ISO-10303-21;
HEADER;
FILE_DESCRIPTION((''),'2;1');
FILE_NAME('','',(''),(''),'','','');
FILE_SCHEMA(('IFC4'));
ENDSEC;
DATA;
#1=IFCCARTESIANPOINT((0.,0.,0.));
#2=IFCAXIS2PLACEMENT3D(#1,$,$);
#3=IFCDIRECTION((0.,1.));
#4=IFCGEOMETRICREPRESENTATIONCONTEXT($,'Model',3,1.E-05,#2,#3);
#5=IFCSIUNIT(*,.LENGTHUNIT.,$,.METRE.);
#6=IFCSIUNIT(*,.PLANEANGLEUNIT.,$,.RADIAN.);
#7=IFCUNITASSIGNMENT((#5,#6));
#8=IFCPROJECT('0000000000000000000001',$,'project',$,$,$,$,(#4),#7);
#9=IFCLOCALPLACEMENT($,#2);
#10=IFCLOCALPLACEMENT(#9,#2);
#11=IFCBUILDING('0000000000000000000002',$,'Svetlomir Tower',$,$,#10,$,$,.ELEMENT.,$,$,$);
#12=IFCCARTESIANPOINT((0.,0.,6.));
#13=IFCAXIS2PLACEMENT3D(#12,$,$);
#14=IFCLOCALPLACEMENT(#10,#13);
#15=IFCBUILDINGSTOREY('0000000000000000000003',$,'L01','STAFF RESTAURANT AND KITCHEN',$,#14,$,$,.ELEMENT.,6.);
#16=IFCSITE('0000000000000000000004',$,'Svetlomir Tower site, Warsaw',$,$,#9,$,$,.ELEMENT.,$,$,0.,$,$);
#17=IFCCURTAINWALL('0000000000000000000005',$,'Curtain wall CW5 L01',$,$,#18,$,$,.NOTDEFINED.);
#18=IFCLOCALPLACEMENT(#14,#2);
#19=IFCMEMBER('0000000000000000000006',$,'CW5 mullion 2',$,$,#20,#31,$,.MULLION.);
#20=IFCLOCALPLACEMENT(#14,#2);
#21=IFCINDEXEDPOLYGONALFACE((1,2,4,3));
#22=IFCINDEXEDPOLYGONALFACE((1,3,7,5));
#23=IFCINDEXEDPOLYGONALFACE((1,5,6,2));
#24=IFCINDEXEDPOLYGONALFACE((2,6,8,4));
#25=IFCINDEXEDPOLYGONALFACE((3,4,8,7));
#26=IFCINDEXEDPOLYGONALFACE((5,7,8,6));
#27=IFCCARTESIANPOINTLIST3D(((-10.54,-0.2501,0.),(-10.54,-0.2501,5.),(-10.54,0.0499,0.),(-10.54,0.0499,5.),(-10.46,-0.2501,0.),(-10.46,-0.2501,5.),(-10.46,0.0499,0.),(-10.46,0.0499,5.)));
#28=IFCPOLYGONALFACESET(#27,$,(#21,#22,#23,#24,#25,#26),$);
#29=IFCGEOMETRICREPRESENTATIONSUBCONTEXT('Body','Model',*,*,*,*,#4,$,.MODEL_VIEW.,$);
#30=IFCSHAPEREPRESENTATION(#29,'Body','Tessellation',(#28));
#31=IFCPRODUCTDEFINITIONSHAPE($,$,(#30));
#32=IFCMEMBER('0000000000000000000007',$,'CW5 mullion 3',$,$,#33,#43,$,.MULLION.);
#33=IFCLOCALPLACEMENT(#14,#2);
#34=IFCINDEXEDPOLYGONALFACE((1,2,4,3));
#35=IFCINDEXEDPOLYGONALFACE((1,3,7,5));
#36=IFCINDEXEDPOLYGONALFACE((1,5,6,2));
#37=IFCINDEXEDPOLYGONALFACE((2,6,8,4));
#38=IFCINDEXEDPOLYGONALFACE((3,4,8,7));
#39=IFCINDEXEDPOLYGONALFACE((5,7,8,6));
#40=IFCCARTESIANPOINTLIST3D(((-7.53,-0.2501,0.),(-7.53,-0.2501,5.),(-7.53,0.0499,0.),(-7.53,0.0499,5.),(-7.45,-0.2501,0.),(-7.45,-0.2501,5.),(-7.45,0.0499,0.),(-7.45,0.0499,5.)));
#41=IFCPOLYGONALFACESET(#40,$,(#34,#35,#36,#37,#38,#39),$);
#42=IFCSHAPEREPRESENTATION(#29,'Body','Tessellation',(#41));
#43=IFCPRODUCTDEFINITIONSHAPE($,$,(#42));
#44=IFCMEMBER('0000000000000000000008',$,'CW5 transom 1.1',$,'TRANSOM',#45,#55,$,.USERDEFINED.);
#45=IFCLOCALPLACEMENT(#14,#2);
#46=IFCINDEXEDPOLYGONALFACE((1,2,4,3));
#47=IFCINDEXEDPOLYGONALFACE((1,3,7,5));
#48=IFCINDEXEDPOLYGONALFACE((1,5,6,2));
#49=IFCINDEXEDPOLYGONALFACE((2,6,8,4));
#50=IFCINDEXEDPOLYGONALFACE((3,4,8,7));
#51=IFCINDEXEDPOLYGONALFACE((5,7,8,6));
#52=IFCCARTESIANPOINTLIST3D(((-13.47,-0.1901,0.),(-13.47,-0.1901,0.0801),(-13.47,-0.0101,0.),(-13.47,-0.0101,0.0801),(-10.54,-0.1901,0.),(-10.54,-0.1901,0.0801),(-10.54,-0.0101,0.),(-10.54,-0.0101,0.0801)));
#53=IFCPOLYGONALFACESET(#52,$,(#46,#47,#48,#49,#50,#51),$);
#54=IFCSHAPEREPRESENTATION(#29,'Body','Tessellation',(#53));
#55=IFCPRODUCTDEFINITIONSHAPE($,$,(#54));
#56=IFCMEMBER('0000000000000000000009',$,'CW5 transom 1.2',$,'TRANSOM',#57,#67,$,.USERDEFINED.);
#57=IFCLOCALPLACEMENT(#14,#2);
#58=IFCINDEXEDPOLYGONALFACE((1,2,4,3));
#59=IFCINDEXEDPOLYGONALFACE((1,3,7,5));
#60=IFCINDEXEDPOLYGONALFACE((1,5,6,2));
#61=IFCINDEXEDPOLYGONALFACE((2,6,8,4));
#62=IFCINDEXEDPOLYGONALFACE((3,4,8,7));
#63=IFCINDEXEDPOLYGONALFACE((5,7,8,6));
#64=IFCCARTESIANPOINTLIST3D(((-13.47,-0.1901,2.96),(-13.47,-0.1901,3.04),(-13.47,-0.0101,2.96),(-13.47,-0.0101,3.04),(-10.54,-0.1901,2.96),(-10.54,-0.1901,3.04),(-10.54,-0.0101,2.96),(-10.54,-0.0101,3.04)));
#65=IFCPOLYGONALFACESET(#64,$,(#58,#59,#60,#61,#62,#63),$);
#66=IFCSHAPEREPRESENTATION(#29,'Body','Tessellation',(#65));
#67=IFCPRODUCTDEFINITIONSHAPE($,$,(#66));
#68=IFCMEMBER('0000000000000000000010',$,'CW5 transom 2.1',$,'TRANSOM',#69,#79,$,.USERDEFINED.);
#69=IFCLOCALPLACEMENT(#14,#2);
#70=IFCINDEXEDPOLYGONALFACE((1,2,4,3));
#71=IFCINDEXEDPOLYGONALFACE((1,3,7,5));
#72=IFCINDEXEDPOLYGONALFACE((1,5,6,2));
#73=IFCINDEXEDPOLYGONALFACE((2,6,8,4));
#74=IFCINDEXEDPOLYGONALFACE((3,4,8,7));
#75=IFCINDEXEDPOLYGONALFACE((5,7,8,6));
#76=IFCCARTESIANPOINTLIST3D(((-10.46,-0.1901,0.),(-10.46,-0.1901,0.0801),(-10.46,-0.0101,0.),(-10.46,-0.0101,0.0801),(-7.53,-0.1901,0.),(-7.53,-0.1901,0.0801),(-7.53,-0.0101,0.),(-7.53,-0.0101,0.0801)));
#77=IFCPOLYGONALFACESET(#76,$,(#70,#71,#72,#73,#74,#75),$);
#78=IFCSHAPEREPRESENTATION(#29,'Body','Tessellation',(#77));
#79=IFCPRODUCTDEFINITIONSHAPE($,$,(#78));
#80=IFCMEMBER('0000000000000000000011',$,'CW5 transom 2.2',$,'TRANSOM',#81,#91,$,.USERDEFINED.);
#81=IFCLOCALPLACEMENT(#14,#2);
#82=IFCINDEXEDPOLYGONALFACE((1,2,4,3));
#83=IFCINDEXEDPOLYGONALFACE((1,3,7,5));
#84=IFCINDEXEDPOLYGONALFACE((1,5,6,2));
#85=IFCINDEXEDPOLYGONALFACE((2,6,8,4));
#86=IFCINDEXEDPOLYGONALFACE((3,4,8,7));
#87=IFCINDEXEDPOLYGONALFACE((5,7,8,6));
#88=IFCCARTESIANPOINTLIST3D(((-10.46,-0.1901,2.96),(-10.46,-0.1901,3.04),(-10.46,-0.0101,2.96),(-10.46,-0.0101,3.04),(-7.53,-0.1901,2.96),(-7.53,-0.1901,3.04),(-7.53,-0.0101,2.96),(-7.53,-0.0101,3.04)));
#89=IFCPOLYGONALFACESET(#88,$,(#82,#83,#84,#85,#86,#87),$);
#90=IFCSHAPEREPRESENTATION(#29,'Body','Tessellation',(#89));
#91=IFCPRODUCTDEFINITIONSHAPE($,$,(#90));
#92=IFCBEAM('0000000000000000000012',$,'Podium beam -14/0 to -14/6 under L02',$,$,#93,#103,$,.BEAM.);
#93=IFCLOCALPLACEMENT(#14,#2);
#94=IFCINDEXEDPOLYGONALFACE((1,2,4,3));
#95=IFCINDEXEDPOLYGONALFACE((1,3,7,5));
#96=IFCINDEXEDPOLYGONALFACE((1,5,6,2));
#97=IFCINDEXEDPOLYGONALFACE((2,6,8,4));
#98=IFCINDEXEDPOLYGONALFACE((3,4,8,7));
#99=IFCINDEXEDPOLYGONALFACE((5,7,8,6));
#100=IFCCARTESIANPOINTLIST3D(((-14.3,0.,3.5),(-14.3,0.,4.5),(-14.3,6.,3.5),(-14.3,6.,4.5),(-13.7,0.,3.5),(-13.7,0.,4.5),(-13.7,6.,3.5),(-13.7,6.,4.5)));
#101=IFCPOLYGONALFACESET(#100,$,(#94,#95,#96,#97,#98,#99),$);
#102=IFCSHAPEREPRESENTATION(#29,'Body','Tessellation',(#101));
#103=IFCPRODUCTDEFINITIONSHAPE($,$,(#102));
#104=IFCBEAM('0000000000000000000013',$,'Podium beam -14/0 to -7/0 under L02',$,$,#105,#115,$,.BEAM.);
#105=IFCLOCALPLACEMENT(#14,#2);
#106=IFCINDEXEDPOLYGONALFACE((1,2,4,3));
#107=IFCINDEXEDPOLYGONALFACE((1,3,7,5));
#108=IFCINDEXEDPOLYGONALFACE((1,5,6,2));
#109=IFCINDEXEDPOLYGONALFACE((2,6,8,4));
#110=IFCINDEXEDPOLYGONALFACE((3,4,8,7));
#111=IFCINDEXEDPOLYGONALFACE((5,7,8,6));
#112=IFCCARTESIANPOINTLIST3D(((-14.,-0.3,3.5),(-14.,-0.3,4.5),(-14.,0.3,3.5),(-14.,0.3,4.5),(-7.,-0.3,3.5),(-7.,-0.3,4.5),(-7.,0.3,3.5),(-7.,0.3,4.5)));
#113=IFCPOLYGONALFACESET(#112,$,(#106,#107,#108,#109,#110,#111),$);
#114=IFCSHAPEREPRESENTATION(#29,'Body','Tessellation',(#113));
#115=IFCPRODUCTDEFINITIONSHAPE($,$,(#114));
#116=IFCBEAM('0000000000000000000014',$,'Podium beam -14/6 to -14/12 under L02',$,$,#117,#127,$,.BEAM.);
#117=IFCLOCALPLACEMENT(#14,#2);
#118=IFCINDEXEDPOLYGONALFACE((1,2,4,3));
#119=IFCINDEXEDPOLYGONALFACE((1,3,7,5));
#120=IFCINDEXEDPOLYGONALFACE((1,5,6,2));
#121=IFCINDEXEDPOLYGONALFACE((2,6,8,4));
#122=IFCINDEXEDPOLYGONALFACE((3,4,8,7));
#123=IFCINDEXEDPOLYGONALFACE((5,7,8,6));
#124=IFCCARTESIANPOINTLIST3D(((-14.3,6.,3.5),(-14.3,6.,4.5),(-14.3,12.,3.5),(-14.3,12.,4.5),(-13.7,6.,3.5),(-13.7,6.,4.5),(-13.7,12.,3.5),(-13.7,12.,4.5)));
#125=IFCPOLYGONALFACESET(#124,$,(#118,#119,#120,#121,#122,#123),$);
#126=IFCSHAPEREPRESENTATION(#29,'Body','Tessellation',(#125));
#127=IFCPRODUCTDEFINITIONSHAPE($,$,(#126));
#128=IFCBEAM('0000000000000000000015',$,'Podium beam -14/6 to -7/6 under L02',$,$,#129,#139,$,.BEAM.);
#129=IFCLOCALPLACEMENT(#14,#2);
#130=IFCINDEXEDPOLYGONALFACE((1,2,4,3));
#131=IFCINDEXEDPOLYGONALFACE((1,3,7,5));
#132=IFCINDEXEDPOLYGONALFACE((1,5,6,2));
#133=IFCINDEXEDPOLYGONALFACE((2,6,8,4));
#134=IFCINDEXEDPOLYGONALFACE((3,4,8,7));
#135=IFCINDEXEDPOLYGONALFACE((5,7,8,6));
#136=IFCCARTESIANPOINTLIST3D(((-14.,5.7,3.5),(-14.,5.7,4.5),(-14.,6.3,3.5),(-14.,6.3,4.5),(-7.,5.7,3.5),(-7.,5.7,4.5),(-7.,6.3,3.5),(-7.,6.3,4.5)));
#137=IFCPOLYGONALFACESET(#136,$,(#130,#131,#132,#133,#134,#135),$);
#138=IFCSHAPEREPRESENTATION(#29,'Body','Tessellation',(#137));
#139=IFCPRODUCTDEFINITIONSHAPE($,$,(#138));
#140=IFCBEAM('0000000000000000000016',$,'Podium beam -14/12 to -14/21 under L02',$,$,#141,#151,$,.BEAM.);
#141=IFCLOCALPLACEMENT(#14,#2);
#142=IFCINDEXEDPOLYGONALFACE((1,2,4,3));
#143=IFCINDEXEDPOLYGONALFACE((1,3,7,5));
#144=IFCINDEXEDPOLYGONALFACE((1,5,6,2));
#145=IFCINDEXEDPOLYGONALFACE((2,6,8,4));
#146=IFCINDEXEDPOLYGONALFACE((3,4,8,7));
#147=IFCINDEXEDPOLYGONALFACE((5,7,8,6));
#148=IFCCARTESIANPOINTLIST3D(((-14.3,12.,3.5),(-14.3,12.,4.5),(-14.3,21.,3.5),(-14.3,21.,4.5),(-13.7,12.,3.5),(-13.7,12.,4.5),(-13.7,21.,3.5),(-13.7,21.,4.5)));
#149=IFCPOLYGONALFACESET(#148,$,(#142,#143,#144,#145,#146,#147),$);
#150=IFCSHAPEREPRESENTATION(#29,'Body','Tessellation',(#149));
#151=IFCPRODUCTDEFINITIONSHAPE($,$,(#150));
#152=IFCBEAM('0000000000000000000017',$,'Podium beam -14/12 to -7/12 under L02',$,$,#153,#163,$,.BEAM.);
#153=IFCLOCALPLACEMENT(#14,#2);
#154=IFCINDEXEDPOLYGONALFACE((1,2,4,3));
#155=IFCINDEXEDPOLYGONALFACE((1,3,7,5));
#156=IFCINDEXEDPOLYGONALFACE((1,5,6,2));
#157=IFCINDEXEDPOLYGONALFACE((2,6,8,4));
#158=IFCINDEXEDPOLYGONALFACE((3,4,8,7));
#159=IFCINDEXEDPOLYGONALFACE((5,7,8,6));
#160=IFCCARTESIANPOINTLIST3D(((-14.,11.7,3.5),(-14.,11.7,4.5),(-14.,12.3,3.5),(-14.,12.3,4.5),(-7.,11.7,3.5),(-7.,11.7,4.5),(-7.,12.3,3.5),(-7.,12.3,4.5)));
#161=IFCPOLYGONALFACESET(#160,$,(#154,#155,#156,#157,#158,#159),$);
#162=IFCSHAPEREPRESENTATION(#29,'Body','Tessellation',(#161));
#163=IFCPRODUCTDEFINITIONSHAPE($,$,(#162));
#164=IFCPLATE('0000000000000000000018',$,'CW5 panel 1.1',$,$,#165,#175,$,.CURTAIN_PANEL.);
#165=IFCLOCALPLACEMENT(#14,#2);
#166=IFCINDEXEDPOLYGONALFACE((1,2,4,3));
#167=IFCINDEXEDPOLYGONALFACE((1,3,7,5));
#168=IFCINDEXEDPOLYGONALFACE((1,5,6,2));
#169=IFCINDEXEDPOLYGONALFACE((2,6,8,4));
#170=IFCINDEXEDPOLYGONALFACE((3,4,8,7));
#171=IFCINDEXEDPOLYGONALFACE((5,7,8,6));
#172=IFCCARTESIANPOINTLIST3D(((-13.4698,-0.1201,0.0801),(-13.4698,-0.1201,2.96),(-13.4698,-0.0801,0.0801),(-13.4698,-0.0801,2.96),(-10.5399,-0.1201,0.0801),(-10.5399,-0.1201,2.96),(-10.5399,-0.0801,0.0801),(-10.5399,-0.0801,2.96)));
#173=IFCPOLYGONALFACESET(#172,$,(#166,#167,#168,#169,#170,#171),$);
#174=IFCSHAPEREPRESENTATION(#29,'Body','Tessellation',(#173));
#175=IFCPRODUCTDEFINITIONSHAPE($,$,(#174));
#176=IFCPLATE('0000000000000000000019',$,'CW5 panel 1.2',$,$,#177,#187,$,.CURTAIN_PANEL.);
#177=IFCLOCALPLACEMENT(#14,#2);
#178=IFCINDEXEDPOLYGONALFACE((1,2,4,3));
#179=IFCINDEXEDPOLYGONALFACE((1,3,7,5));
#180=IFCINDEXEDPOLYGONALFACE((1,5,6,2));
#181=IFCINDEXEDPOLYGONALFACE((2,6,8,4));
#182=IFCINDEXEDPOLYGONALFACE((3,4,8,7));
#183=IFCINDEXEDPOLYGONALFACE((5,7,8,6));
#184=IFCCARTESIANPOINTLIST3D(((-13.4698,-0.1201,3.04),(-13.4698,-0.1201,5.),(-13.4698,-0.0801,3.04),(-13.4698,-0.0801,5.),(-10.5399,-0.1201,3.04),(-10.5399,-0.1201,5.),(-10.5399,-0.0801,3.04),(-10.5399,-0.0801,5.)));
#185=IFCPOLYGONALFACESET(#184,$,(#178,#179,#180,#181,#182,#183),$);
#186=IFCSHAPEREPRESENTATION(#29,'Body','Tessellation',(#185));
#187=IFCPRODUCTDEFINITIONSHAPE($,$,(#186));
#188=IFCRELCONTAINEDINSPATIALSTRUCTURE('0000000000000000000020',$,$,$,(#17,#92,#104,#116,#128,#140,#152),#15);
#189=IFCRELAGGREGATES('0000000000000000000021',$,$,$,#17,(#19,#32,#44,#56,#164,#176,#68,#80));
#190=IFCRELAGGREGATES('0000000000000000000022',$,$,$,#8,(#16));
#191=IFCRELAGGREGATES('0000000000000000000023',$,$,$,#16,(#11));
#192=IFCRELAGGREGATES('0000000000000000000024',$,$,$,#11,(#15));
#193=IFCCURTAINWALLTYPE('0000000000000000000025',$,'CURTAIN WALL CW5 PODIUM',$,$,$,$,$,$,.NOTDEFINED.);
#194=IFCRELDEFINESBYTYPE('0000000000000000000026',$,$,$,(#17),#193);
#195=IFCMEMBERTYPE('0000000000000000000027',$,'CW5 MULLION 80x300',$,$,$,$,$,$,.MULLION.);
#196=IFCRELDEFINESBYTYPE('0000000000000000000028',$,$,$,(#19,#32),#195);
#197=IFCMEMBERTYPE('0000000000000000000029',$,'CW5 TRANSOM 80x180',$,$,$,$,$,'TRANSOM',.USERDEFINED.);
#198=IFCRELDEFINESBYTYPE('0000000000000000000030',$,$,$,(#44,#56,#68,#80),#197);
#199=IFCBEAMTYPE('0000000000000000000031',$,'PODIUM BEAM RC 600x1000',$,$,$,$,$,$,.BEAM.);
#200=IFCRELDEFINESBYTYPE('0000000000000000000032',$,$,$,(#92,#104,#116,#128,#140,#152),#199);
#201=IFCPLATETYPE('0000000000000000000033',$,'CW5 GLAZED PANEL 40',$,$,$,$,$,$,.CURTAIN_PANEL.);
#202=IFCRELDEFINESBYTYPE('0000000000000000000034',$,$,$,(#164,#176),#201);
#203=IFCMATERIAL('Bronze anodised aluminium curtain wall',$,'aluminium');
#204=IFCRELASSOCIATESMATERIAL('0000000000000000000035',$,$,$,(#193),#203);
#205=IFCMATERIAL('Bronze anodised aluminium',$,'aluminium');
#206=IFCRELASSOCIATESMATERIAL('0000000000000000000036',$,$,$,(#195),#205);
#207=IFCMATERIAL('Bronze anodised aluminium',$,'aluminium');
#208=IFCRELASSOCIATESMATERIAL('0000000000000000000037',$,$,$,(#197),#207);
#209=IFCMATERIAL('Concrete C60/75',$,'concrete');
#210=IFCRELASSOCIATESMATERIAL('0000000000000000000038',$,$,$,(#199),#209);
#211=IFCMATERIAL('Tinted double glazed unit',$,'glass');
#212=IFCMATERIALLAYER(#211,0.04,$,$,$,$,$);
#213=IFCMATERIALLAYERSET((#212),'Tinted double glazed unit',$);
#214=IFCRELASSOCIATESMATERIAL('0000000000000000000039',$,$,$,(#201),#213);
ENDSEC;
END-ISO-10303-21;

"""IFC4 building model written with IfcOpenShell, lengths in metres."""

from ifc_helpers import new_model, si_unit, direction, frame, origin, origin_2d, place, context, subcontext, project, spatial, rectangle, extrude, material, layer, layer_set, material_profile, profile_set, type_object, element, aggregate, save


model = new_model("IFC4")

# Units and contexts
model_context = context("Model", 3, precision=1e-05, world=origin(), true_north=direction((0.0, 1.0)))
body_context = subcontext(model_context, "Body", "Model", "MODEL_VIEW")
ifc_project = project(units=[si_unit("LENGTHUNIT", "METRE"), si_unit("PLANEANGLEUNIT", "RADIAN")], contexts=[model_context])

# Site, building, storey
site_placement = place(None, origin())
site = spatial("IfcSite", under=ifc_project, at=site_placement, Name="Svetlomir Tower site, Warsaw", CompositionType="ELEMENT", RefElevation=0.0)
building_placement = place(site_placement, origin())
building = spatial("IfcBuilding", under=site, at=building_placement, Name="Svetlomir Tower", CompositionType="ELEMENT")
storey_placement = place(building_placement, frame((0.0, 0.0, 6.0)))
storey = spatial("IfcBuildingStorey", under=building, at=storey_placement, Name="L01", Description="STAFF RESTAURANT AND KITCHEN", CompositionType="ELEMENT", Elevation=6.0)

# Shared definitions
ifc_material_1 = material(Name="Bronze anodised aluminium curtain wall", Category="aluminium")
curtain_wall_type = type_object("IfcCurtainWallType", Name="CURTAIN WALL CW5 PODIUM", PredefinedType="NOTDEFINED", material=ifc_material_1)
ifc_material_2 = material(Name="Bronze anodised aluminium", Category="aluminium")
ifc_material_profile_1 = material_profile(ifc_material_2, rectangle(XDim=0.0801, YDim=0.3, at=origin_2d()), Name="AL 80x300")
ifc_profile_set_1 = profile_set([ifc_material_profile_1], Name="Bronze anodised aluminium 6063-T6")
member_type_1 = type_object("IfcMemberType", Name="CW5 MULLION 80x300", PredefinedType="MULLION", material=ifc_profile_set_1)

# Curtain wall, members
curtain_wall_1_placement = place(storey_placement, origin())
curtain_wall_1 = element("IfcCurtainWall", 1, at=curtain_wall_1_placement, inside=storey, type_object=curtain_wall_type, Name="Curtain wall CW5 L01", PredefinedType="NOTDEFINED")
member_1_placement = place(storey_placement, frame((-10.5, -0.1001, 0.0), z_axis=(0.0, 0.0, 1.0), x_axis=(1.0, 0.0, 0.0)))
member_1 = element("IfcMember", 2, at=member_1_placement, type_object=member_type_1, Name="CW5 mullion 2", PredefinedType="MULLION", context=body_context, shape_type="SweptSolid", body=[
    extrude(rectangle(XDim=0.0801, YDim=0.3, at=origin_2d()), origin(), (0.0, 0.0, 1.0), 5.0),
])
member_2_placement = place(storey_placement, frame((-7.49, -0.1001, 0.0), z_axis=(0.0, 0.0, 1.0), x_axis=(1.0, 0.0, 0.0)))
member_2 = element("IfcMember", 3, at=member_2_placement, type_object=member_type_1, Name="CW5 mullion 3", PredefinedType="MULLION", context=body_context, shape_type="SweptSolid", body=[
    extrude(rectangle(XDim=0.0801, YDim=0.3, at=origin_2d()), origin(), (0.0, 0.0, 1.0), 5.0),
])
ifc_material_3 = material(Name="Bronze anodised aluminium", Category="aluminium")
ifc_material_profile_2 = material_profile(ifc_material_3, rectangle(XDim=0.1799, YDim=0.0801, at=origin_2d()), Name="AL 180x80")
ifc_profile_set_2 = profile_set([ifc_material_profile_2], Name="Bronze anodised aluminium 6063-T6")
member_type_2 = type_object("IfcMemberType", Name="CW5 TRANSOM 80x180", ElementType="TRANSOM", PredefinedType="USERDEFINED", material=ifc_profile_set_2)
member_3_placement = place(storey_placement, frame((-13.47, -0.1001, 0.04), z_axis=(1.0, 0.0, 0.0), x_axis=(0.0, 1.0, 0.0)))
member_3 = element("IfcMember", 4, at=member_3_placement, type_object=member_type_2, Name="CW5 transom 1.1", ObjectType="TRANSOM", PredefinedType="USERDEFINED", context=body_context, shape_type="SweptSolid", body=[
    extrude(rectangle(XDim=0.1799, YDim=0.0801, at=origin_2d()), origin(), (0.0, 0.0, 1.0), 2.9299),
])
member_4_placement = place(storey_placement, frame((-13.47, -0.1001, 3.0), z_axis=(1.0, 0.0, 0.0), x_axis=(0.0, 1.0, 0.0)))
member_4 = element("IfcMember", 5, at=member_4_placement, type_object=member_type_2, Name="CW5 transom 1.2", ObjectType="TRANSOM", PredefinedType="USERDEFINED", context=body_context, shape_type="SweptSolid", body=[
    extrude(rectangle(XDim=0.1799, YDim=0.0801, at=origin_2d()), origin(), (0.0, 0.0, 1.0), 2.9299),
])
member_5_placement = place(storey_placement, frame((-10.46, -0.1001, 0.04), z_axis=(1.0, 0.0, 0.0), x_axis=(0.0, 1.0, 0.0)))
member_5 = element("IfcMember", 6, at=member_5_placement, type_object=member_type_2, Name="CW5 transom 2.1", ObjectType="TRANSOM", PredefinedType="USERDEFINED", context=body_context, shape_type="SweptSolid", body=[
    extrude(rectangle(XDim=0.1799, YDim=0.0801, at=origin_2d()), origin(), (0.0, 0.0, 1.0), 2.9299),
])
member_6_placement = place(storey_placement, frame((-10.46, -0.1001, 3.0), z_axis=(1.0, 0.0, 0.0), x_axis=(0.0, 1.0, 0.0)))
member_6 = element("IfcMember", 7, at=member_6_placement, type_object=member_type_2, Name="CW5 transom 2.2", ObjectType="TRANSOM", PredefinedType="USERDEFINED", context=body_context, shape_type="SweptSolid", body=[
    extrude(rectangle(XDim=0.1799, YDim=0.0801, at=origin_2d()), origin(), (0.0, 0.0, 1.0), 2.9299),
])

# Beams
ifc_material_4 = material(Name="Concrete C60/75", Category="concrete")
ifc_material_profile_3 = material_profile(ifc_material_4, rectangle(XDim=0.6001, YDim=1.0, at=origin_2d()), Name="RC 600x1000")
ifc_profile_set_3 = profile_set([ifc_material_profile_3], Name="Concrete C60/75")
beam_type = type_object("IfcBeamType", Name="PODIUM BEAM RC 600x1000", PredefinedType="BEAM", material=ifc_profile_set_3)
beam_1_placement = place(storey_placement, frame((-14.0, 0.0, 4.0), z_axis=(0.0, 1.0, 0.0), x_axis=(-1.0, 0.0, 0.0)))
element("IfcBeam", 8, at=beam_1_placement, inside=storey, type_object=beam_type, Name="Podium beam -14/0 to -14/6 under L02", PredefinedType="BEAM", context=body_context, shape_type="SweptSolid", body=[
    extrude(rectangle(XDim=0.6001, YDim=1.0, at=origin_2d()), origin(), (0.0, 0.0, 1.0), 6.0),
])
beam_2_placement = place(storey_placement, frame((-14.0, 0.0, 4.0), z_axis=(1.0, 0.0, 0.0), x_axis=(0.0, 1.0, 0.0)))
element("IfcBeam", 9, at=beam_2_placement, inside=storey, type_object=beam_type, Name="Podium beam -14/0 to -7/0 under L02", PredefinedType="BEAM", context=body_context, shape_type="SweptSolid", body=[
    extrude(rectangle(XDim=0.6001, YDim=1.0, at=origin_2d()), origin(), (0.0, 0.0, 1.0), 7.0),
])
beam_3_placement = place(storey_placement, frame((-14.0, 6.0, 4.0), z_axis=(0.0, 1.0, 0.0), x_axis=(-1.0, 0.0, 0.0)))
element("IfcBeam", 10, at=beam_3_placement, inside=storey, type_object=beam_type, Name="Podium beam -14/6 to -14/12 under L02", PredefinedType="BEAM", context=body_context, shape_type="SweptSolid", body=[
    extrude(rectangle(XDim=0.6001, YDim=1.0, at=origin_2d()), origin(), (0.0, 0.0, 1.0), 6.0),
])
beam_4_placement = place(storey_placement, frame((-14.0, 6.0, 4.0), z_axis=(1.0, 0.0, 0.0), x_axis=(0.0, 1.0, 0.0)))
element("IfcBeam", 11, at=beam_4_placement, inside=storey, type_object=beam_type, Name="Podium beam -14/6 to -7/6 under L02", PredefinedType="BEAM", context=body_context, shape_type="SweptSolid", body=[
    extrude(rectangle(XDim=0.6001, YDim=1.0, at=origin_2d()), origin(), (0.0, 0.0, 1.0), 7.0),
])
beam_5_placement = place(storey_placement, frame((-14.0, 12.0, 4.0), z_axis=(0.0, 1.0, 0.0), x_axis=(-1.0, 0.0, 0.0)))
element("IfcBeam", 12, at=beam_5_placement, inside=storey, type_object=beam_type, Name="Podium beam -14/12 to -14/21 under L02", PredefinedType="BEAM", context=body_context, shape_type="SweptSolid", body=[
    extrude(rectangle(XDim=0.6001, YDim=1.0, at=origin_2d()), origin(), (0.0, 0.0, 1.0), 9.0),
])
beam_6_placement = place(storey_placement, frame((-14.0, 12.0, 4.0), z_axis=(1.0, 0.0, 0.0), x_axis=(0.0, 1.0, 0.0)))
element("IfcBeam", 13, at=beam_6_placement, inside=storey, type_object=beam_type, Name="Podium beam -14/12 to -7/12 under L02", PredefinedType="BEAM", context=body_context, shape_type="SweptSolid", body=[
    extrude(rectangle(XDim=0.6001, YDim=1.0, at=origin_2d()), origin(), (0.0, 0.0, 1.0), 7.0),
])

# Plates
ifc_material_5 = material(Name="Tinted double glazed unit", Category="glass")
ifc_layer_1 = layer(ifc_material_5, 0.04)
ifc_layer_set_1 = layer_set([ifc_layer_1], Name="Tinted double glazed unit")
plate_type = type_object("IfcPlateType", Name="CW5 GLAZED PANEL 40", PredefinedType="CURTAIN_PANEL", material=ifc_layer_set_1)
plate_1_placement = place(storey_placement, frame((-12.0049, -0.1001, 0.0801), z_axis=(0.0, 0.0, 1.0), x_axis=(1.0, 0.0, 0.0)))
plate_1 = element("IfcPlate", 14, at=plate_1_placement, type_object=plate_type, Name="CW5 panel 1.1", PredefinedType="CURTAIN_PANEL", context=body_context, shape_type="SweptSolid", body=[
    extrude(rectangle(XDim=2.9299, YDim=0.04, at=origin_2d()), origin(), (0.0, 0.0, 1.0), 2.8799),
])
plate_2_placement = place(storey_placement, frame((-12.0049, -0.1001, 3.04), z_axis=(0.0, 0.0, 1.0), x_axis=(1.0, 0.0, 0.0)))
plate_2 = element("IfcPlate", 15, at=plate_2_placement, type_object=plate_type, Name="CW5 panel 1.2", PredefinedType="CURTAIN_PANEL", context=body_context, shape_type="SweptSolid", body=[
    extrude(rectangle(XDim=2.9299, YDim=0.04, at=origin_2d()), origin(), (0.0, 0.0, 1.0), 1.96),
])
aggregate(curtain_wall_1, [member_1, member_2, member_3, member_4, plate_1, plate_2, member_5, member_6])

save(model, "model.ifc")
